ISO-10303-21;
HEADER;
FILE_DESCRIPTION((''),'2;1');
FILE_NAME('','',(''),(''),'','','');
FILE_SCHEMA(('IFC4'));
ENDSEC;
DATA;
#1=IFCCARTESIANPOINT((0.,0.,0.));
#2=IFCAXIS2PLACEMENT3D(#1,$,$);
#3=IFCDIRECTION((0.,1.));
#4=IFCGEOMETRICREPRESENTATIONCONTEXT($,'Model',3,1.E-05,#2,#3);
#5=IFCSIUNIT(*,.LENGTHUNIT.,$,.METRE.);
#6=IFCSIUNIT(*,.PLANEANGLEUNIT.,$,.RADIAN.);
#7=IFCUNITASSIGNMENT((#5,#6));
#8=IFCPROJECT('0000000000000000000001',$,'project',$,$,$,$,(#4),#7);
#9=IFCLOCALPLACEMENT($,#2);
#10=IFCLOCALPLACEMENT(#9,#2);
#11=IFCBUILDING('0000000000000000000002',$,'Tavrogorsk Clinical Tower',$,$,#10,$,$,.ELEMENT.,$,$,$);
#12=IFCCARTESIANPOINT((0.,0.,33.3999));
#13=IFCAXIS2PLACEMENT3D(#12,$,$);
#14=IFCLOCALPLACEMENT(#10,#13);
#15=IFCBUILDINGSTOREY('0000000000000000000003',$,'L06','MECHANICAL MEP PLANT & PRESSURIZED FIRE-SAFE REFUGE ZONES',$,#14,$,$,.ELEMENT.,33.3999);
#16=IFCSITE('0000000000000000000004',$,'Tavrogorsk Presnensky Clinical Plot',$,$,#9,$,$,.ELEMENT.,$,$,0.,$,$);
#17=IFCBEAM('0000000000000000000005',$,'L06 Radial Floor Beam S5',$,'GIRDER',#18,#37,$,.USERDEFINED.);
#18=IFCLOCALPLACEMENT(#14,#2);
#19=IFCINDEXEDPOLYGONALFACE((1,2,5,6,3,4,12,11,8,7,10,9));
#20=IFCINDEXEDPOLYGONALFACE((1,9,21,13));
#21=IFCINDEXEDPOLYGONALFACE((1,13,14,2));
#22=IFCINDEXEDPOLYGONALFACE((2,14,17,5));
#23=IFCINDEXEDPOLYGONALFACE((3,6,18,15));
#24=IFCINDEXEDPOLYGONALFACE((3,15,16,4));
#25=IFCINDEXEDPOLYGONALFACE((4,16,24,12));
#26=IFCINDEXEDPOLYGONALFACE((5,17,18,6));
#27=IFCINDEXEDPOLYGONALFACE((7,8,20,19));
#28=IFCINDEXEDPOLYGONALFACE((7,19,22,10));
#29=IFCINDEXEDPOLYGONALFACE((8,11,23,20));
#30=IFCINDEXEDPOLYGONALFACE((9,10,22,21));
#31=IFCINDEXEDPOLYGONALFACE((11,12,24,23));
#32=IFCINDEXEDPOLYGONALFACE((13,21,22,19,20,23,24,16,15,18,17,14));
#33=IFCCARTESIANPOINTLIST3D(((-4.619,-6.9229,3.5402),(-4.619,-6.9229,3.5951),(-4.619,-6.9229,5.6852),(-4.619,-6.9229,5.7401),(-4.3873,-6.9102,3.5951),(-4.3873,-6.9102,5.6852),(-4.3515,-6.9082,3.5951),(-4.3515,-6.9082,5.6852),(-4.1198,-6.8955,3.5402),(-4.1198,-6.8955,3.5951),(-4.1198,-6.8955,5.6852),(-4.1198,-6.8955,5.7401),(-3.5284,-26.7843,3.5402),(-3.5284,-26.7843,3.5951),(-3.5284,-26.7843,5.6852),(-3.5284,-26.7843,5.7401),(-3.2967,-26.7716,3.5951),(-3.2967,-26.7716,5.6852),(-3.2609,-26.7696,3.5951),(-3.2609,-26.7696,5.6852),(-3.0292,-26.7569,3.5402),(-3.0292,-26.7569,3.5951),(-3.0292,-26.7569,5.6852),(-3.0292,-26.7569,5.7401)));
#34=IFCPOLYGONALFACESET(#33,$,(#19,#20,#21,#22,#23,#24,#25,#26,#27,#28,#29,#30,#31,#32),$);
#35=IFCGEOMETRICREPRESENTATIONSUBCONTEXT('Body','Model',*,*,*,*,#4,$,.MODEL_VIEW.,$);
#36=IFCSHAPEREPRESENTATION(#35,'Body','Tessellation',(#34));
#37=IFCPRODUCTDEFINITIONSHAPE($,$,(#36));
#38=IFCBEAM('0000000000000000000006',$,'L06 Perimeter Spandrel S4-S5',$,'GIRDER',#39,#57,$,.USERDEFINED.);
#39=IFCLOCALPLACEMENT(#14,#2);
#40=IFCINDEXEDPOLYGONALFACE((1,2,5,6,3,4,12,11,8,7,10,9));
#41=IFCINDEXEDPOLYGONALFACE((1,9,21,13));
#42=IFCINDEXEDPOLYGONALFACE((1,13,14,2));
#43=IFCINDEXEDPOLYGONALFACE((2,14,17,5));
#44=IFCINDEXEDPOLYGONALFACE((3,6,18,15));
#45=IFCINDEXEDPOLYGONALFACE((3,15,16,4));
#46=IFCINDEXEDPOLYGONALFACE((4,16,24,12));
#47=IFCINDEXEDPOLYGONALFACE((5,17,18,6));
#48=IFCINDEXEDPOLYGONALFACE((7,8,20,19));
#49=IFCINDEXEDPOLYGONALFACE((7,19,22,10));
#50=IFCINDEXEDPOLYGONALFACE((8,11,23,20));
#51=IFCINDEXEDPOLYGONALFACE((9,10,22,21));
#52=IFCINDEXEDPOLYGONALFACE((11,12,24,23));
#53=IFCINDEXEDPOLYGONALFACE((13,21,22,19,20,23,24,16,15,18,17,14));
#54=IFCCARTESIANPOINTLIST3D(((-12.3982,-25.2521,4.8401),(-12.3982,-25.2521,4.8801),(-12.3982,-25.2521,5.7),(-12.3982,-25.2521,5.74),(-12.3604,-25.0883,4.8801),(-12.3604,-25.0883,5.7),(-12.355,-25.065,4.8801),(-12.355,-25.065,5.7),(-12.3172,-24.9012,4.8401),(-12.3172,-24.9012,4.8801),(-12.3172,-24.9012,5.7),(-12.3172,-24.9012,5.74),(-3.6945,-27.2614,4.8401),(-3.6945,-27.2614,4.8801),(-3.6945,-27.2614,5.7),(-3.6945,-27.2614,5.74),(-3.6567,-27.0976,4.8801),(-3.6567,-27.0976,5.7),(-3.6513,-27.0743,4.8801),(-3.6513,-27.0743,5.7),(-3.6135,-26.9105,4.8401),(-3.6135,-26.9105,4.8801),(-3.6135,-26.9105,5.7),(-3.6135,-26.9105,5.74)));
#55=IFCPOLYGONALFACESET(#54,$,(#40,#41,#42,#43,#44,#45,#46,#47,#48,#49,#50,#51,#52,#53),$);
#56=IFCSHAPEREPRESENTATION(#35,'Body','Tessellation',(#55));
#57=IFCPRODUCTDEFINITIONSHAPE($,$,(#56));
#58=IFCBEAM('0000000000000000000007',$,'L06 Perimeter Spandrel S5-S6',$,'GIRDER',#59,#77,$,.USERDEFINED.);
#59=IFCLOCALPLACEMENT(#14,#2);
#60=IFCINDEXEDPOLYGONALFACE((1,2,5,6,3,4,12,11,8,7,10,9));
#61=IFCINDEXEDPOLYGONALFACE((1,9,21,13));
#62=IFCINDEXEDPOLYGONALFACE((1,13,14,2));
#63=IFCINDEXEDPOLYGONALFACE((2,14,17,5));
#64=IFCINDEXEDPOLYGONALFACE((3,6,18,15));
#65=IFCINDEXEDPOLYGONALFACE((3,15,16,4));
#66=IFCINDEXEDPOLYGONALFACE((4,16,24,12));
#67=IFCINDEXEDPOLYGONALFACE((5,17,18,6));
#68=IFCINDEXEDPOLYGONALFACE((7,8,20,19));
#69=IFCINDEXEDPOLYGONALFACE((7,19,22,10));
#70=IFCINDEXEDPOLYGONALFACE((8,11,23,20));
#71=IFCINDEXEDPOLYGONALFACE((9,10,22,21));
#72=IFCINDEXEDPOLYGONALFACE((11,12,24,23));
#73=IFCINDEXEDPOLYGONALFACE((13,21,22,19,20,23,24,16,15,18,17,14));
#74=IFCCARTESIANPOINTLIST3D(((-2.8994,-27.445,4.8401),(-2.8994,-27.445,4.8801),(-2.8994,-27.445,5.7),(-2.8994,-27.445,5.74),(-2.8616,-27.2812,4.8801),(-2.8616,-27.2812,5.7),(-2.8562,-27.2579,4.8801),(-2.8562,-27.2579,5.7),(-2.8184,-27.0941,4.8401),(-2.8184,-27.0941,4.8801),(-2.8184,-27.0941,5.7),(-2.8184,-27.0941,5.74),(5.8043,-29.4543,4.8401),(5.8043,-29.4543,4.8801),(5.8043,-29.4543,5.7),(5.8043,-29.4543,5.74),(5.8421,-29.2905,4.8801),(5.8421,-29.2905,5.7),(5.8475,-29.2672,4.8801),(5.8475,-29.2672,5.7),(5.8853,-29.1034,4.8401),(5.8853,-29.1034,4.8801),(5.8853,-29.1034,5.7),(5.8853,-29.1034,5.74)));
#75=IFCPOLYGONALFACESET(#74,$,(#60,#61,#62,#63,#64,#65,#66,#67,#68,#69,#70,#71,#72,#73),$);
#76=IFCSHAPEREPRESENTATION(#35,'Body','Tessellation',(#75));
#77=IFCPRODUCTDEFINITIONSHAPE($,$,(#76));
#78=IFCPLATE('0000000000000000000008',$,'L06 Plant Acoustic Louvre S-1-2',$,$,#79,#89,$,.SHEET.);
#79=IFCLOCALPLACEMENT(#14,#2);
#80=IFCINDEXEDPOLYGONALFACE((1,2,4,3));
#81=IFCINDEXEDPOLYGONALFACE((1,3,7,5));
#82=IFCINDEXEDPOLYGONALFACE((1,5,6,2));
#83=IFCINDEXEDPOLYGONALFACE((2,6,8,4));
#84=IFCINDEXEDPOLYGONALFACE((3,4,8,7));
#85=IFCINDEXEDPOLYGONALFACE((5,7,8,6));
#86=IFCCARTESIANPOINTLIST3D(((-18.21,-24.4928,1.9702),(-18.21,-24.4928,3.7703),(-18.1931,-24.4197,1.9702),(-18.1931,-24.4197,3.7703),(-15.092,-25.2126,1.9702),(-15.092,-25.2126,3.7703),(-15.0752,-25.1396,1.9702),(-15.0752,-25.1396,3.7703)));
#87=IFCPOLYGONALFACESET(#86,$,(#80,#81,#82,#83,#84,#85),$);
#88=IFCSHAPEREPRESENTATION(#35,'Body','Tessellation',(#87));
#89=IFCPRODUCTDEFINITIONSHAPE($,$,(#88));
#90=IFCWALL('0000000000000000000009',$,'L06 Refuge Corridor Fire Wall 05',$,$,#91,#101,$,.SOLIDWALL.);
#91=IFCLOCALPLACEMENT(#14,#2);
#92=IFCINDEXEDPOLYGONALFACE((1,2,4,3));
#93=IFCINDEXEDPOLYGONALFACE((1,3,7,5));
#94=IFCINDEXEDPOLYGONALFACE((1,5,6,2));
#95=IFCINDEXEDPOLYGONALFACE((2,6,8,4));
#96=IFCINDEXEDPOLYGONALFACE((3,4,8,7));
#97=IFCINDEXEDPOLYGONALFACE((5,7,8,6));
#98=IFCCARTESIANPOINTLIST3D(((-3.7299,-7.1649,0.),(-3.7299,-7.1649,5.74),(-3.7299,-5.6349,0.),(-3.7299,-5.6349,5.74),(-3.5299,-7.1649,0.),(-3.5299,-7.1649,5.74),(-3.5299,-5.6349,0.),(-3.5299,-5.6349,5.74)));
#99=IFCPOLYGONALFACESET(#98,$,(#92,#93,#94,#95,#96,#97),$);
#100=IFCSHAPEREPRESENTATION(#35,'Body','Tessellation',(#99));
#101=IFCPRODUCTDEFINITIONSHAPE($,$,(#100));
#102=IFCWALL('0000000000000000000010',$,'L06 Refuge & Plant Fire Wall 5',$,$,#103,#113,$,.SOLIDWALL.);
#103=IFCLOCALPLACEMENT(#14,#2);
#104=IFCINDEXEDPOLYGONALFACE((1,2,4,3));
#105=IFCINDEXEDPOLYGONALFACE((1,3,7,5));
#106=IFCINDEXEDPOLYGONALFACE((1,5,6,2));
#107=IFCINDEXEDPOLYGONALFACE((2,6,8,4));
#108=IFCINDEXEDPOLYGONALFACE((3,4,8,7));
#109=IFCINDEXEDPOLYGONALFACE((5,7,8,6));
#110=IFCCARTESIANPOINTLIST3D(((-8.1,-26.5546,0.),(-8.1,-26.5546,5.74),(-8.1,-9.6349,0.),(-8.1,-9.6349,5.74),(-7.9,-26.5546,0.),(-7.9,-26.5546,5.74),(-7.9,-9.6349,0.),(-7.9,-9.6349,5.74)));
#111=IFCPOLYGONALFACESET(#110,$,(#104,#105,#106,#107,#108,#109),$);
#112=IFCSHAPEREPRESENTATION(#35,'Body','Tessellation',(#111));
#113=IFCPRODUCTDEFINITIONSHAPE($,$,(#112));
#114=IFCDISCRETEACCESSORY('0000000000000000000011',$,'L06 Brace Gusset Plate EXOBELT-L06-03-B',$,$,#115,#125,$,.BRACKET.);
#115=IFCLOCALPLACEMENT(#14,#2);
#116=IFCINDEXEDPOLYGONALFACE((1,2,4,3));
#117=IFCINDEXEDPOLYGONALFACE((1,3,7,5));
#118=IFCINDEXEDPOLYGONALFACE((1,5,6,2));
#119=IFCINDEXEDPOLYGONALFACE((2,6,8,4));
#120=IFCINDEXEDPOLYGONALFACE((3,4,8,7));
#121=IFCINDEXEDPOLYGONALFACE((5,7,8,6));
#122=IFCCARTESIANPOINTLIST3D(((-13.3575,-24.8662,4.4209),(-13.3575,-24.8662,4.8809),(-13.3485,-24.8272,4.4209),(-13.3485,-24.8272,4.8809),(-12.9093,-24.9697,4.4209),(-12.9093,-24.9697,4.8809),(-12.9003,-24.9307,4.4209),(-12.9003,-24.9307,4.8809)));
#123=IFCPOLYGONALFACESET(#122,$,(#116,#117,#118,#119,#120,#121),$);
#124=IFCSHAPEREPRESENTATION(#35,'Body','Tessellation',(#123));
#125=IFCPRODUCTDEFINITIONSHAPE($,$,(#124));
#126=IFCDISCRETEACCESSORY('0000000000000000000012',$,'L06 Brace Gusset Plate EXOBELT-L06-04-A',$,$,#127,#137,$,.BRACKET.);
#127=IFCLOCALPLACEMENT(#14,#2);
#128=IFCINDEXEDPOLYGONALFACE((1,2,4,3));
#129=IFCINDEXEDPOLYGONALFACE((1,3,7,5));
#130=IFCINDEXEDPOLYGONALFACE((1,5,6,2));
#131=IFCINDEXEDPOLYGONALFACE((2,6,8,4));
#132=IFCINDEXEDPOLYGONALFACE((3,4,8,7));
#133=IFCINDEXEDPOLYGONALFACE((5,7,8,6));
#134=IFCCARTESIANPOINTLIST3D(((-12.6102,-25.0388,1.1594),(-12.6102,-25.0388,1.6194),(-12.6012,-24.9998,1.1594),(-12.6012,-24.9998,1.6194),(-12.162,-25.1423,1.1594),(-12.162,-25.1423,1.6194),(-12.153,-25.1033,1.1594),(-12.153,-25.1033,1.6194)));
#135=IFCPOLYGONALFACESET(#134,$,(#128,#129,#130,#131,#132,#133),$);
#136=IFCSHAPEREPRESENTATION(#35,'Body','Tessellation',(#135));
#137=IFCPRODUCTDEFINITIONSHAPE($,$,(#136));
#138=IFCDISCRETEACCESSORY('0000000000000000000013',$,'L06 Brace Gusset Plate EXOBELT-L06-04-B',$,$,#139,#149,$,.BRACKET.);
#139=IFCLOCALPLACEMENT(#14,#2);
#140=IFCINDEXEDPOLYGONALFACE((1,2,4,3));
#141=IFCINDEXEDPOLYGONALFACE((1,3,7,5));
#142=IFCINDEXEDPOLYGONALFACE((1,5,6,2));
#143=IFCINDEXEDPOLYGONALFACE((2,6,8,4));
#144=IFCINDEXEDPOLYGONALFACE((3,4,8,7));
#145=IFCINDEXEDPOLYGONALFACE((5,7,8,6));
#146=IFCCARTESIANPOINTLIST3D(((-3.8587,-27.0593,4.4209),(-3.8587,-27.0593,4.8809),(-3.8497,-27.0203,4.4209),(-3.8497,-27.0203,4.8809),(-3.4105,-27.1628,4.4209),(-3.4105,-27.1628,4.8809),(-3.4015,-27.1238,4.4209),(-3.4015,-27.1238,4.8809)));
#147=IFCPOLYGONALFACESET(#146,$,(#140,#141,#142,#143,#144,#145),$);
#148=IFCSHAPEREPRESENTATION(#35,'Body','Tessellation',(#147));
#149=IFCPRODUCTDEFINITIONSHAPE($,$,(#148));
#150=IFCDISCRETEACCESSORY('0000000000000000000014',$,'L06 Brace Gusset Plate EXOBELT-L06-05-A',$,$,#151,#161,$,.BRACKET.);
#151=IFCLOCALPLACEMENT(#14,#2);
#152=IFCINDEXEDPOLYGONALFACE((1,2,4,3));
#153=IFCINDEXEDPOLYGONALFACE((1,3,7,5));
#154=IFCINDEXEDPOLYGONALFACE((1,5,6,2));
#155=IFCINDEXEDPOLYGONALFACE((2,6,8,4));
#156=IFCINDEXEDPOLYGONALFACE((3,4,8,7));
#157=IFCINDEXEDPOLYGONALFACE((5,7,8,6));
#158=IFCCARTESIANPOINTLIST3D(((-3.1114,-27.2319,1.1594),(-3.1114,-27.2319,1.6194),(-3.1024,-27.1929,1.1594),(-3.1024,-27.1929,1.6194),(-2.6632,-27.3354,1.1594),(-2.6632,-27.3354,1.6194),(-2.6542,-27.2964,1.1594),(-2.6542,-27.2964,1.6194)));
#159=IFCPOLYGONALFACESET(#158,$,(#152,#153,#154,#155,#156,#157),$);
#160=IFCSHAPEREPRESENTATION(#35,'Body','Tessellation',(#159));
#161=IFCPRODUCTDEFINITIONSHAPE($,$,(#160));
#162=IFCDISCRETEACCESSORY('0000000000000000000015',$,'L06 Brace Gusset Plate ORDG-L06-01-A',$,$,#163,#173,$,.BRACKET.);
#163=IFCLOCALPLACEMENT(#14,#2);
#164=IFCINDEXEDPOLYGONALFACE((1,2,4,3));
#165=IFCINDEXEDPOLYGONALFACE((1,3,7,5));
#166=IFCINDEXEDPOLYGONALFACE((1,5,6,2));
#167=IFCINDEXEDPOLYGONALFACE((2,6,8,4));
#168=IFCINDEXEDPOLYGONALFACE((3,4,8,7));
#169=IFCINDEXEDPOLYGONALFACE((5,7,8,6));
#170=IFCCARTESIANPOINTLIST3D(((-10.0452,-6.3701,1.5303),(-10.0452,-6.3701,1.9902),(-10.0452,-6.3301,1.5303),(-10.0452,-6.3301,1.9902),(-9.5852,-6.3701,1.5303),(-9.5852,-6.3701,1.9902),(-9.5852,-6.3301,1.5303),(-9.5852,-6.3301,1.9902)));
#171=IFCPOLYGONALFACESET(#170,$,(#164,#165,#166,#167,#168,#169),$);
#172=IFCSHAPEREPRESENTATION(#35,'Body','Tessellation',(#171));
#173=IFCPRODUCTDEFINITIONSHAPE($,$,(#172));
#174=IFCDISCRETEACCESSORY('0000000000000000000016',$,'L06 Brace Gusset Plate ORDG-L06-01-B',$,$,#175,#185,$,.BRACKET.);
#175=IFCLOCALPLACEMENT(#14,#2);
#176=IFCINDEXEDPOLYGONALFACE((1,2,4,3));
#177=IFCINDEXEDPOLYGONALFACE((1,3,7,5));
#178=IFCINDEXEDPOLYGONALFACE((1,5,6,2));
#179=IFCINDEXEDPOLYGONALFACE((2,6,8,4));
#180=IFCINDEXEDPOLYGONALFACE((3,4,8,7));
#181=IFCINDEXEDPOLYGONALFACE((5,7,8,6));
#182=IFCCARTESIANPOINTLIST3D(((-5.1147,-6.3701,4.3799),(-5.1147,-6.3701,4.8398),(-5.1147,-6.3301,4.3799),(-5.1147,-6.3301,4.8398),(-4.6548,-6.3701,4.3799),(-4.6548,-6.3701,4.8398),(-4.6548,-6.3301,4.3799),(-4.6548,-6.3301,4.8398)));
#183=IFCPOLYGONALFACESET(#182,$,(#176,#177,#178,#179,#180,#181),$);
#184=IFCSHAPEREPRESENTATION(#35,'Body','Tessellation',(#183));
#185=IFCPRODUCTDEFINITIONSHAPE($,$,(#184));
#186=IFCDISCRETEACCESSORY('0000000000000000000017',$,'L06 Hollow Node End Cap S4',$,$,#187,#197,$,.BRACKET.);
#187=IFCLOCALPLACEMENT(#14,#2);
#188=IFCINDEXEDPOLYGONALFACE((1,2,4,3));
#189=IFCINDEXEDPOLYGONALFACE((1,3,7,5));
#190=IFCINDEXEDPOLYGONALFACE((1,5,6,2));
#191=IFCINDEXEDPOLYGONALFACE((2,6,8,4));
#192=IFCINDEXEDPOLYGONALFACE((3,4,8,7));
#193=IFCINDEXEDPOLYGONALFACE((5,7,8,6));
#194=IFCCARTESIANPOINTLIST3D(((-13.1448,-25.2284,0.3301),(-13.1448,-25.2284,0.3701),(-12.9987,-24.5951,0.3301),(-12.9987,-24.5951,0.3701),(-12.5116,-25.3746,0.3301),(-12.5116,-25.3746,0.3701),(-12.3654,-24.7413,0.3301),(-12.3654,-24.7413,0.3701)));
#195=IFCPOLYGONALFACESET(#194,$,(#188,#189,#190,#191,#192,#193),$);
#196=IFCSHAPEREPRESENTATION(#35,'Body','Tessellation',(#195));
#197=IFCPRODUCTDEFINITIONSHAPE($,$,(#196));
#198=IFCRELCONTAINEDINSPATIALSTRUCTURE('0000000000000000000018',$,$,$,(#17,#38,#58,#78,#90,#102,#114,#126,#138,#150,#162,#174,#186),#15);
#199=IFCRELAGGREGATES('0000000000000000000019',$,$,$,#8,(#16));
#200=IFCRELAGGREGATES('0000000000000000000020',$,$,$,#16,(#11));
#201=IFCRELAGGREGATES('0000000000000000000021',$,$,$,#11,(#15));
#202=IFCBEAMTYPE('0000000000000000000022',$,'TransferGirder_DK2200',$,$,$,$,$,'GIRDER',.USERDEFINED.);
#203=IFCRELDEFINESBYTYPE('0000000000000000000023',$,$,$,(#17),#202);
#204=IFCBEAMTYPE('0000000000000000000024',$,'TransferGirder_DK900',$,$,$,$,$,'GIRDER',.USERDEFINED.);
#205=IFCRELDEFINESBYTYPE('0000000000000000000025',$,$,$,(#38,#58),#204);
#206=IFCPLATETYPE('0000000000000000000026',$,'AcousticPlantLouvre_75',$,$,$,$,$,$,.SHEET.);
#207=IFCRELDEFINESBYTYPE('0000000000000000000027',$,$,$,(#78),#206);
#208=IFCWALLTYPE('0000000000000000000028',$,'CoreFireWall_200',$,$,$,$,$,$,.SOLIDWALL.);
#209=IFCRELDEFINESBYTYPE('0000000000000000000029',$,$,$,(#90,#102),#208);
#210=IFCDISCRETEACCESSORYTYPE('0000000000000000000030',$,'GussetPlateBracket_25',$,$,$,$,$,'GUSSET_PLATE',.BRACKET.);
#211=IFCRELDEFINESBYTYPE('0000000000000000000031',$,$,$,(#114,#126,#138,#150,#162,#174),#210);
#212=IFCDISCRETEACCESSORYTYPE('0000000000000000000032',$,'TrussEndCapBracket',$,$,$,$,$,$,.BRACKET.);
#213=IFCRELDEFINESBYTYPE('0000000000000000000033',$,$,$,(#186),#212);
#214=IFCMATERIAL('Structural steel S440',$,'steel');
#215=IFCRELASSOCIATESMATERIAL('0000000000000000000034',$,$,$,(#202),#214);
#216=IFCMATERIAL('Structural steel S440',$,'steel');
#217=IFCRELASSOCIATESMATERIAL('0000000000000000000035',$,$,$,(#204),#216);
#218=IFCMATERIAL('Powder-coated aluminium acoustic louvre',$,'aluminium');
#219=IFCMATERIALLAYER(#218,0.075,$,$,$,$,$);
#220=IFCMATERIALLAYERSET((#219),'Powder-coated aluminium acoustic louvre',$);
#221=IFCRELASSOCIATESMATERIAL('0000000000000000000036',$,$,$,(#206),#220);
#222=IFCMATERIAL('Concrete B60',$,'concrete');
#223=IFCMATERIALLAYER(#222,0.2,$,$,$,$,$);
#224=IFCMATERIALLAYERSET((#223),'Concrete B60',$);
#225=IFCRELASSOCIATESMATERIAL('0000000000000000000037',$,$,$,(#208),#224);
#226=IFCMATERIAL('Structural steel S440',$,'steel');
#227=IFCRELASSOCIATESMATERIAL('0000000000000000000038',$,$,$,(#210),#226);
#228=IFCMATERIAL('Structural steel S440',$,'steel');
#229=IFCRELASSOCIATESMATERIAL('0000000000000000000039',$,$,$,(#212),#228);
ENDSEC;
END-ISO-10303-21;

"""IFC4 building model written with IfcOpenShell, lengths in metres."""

from ifc_helpers import new_model, si_unit, direction, frame, frame_2d, origin, origin_2d, place, context, subcontext, project, spatial, rectangle, i_section, extrude, material, layer, layer_set, material_profile, profile_set, type_object, element, save


model = new_model("IFC4")

# Units and contexts
model_context = context("Model", 3, precision=1e-05, world=origin(), true_north=direction((0.0, 1.0)))
body_context = subcontext(model_context, "Body", "Model", "MODEL_VIEW")
ifc_project = project(units=[si_unit("LENGTHUNIT", "METRE"), si_unit("PLANEANGLEUNIT", "RADIAN")], contexts=[model_context])

# Site, building, storey
site_placement = place(None, origin())
site = spatial("IfcSite", under=ifc_project, at=site_placement, Name="Tavrogorsk Presnensky Clinical Plot", CompositionType="ELEMENT", RefElevation=0.0)
building_placement = place(site_placement, origin())
building = spatial("IfcBuilding", under=site, at=building_placement, Name="Tavrogorsk Clinical Tower", CompositionType="ELEMENT")
storey_placement = place(building_placement, frame((0.0, 0.0, 33.3999)))
storey = spatial("IfcBuildingStorey", under=building, at=storey_placement, Name="L06", Description="MECHANICAL MEP PLANT & PRESSURIZED FIRE-SAFE REFUGE ZONES", CompositionType="ELEMENT", Elevation=33.3999)

# Beams
ifc_material_1 = material(Name="Structural steel S440", Category="steel")
ifc_material_profile_1 = material_profile(ifc_material_1, i_section(OverallWidth=0.5, OverallDepth=2.2, WebThickness=0.0359, FlangeThickness=0.0549, at=origin_2d()), Name="DK-2200x500x36x55")
ifc_profile_set_1 = profile_set([ifc_material_profile_1], Name="Structural steel S440")
beam_type_1 = type_object("IfcBeamType", Name="TransferGirder_DK2200", ElementType="GIRDER", PredefinedType="USERDEFINED", material=ifc_profile_set_1)
beam_1_placement = place(storey_placement, frame((-4.3694, -6.9092, 4.6401), z_axis=(0.054827, -0.998496, 0.0), x_axis=(0.998496, 0.054827, 0.0)))
element("IfcBeam", 1, at=beam_1_placement, inside=storey, type_object=beam_type_1, Name="L06 Radial Floor Beam S5", ObjectType="GIRDER", PredefinedType="USERDEFINED", context=body_context, shape_type="SweptSolid", body=[
    extrude(i_section(OverallWidth=0.5, OverallDepth=2.2, WebThickness=0.0359, FlangeThickness=0.0549, at=origin_2d()), origin(), (0.0, 0.0, 1.0), 19.8914),
])
ifc_material_2 = material(Name="Structural steel S440", Category="steel")
ifc_material_profile_2 = material_profile(ifc_material_2, i_section(OverallWidth=0.3601, OverallDepth=0.8999, WebThickness=0.0239, FlangeThickness=0.04, at=origin_2d()), Name="DK-900x360x24x40")
ifc_profile_set_2 = profile_set([ifc_material_profile_2], Name="Structural steel S440")
beam_type_2 = type_object("IfcBeamType", Name="TransferGirder_DK900", ElementType="GIRDER", PredefinedType="USERDEFINED", material=ifc_profile_set_2)
for number, where, z_axis, x_axis, name in (
    (2, (-12.3577, -25.0767, 5.29), (0.974373, -0.224939, 0.0), (0.224939, 0.974373, 0.0), "L06 Perimeter Spandrel S4-S5"),
    (3, (-2.8589, -27.2695, 5.29), (0.974373, -0.224939, 0.0), (0.224939, 0.974373, 0.0), "L06 Perimeter Spandrel S5-S6"),
):
    element("IfcBeam", number, at=place(storey_placement, frame(where, z_axis=z_axis, x_axis=x_axis)), inside=storey, type_object=beam_type_2, Name=name, ObjectType="GIRDER", PredefinedType="USERDEFINED", context=body_context, shape_type="SweptSolid", body=[
        extrude(i_section(OverallWidth=0.3601, OverallDepth=0.8999, WebThickness=0.0239, FlangeThickness=0.04, at=origin_2d()), origin(), (0.0, 0.0, 1.0), 8.9326),
    ])

# Plate
ifc_material_3 = material(Name="Powder-coated aluminium acoustic louvre", Category="aluminium")
ifc_layer_1 = layer(ifc_material_3, 0.075)
ifc_layer_set_1 = layer_set([ifc_layer_1], Name="Powder-coated aluminium acoustic louvre")
plate_type = type_object("IfcPlateType", Name="AcousticPlantLouvre_75", PredefinedType="SHEET", material=ifc_layer_set_1)
plate_placement = place(storey_placement, frame((-16.6426, -24.8162, 1.9702), z_axis=(0.0, 0.0, 1.0), x_axis=(0.97437, -0.224951, 0.0)))
element("IfcPlate", 4, at=plate_placement, inside=storey, type_object=plate_type, Name="L06 Plant Acoustic Louvre S-1-2", PredefinedType="SHEET", context=body_context, shape_type="SweptSolid", body=[
    extrude(rectangle(XDim=3.2, YDim=0.075, at=origin_2d()), origin(), (0.0, 0.0, 1.0), 1.8),
])

# Walls
ifc_material_4 = material(Name="Concrete B60", Category="concrete")
ifc_layer_2 = layer(ifc_material_4, 0.2)
ifc_layer_set_2 = layer_set([ifc_layer_2], Name="Concrete B60")
wall_type = type_object("IfcWallType", Name="CoreFireWall_200", PredefinedType="SOLIDWALL", material=ifc_layer_set_2)
wall_1_placement = place(storey_placement, frame((-3.6299, -7.165, 0.0), z_axis=(0.0, 0.0, 1.0), x_axis=(0.0, 1.0, 0.0)))
element("IfcWall", 5, at=wall_1_placement, inside=storey, type_object=wall_type, Name="L06 Refuge Corridor Fire Wall 05", PredefinedType="SOLIDWALL", context=body_context, shape_type="SweptSolid", body=[
    extrude(rectangle(XDim=1.53, YDim=0.2, at=frame_2d((0.7651, 0.0))), origin(), (0.0, 0.0, 1.0), 5.74),
])
wall_2_placement = place(storey_placement, frame((-8.0, -26.5547, 0.0), z_axis=(0.0, 0.0, 1.0), x_axis=(0.0, 1.0, 0.0)))
element("IfcWall", 6, at=wall_2_placement, inside=storey, type_object=wall_type, Name="L06 Refuge & Plant Fire Wall 5", PredefinedType="SOLIDWALL", context=body_context, shape_type="SweptSolid", body=[
    extrude(rectangle(XDim=16.9197, YDim=0.2, at=frame_2d((8.46, 0.0))), origin(), (0.0, 0.0, 1.0), 5.74),
])

# Discrete accessories
ifc_material_5 = material(Name="Structural steel S440", Category="steel")
discrete_accessory_type_1 = type_object("IfcDiscreteAccessoryType", Name="GussetPlateBracket_25", ElementType="GUSSET_PLATE", PredefinedType="BRACKET", material=ifc_material_5)
for number, where, z_axis, x_axis, name in (
    (7, (-13.1289, -24.8984, 4.4209), (0.0, 0.0, 1.0), (0.97437, -0.224951, 0.0), "L06 Brace Gusset Plate EXOBELT-L06-03-B"),
    (8, (-12.3816, -25.071, 1.1594), (0.0, 0.0, 1.0), (0.97437, -0.224951, 0.0), "L06 Brace Gusset Plate EXOBELT-L06-04-A"),
    (9, (-3.6301, -27.0916, 4.4209), (0.0, 0.0, 1.0), (0.97437, -0.224951, 0.0), "L06 Brace Gusset Plate EXOBELT-L06-04-B"),
    (10, (-2.8828, -27.2642, 1.1594), (0.0, 0.0, 1.0), (0.97437, -0.224951, 0.0), "L06 Brace Gusset Plate EXOBELT-L06-05-A"),
    (11, (-9.8152, -6.3501, 1.5303), (0.0, 0.0, 1.0), (1.0, 0.0, 0.0), "L06 Brace Gusset Plate ORDG-L06-01-A"),
    (12, (-4.8848, -6.3501, 4.3799), (0.0, 0.0, 1.0), (1.0, 0.0, 0.0), "L06 Brace Gusset Plate ORDG-L06-01-B"),
):
    element("IfcDiscreteAccessory", number, at=place(storey_placement, frame(where, z_axis=z_axis, x_axis=x_axis)), inside=storey, type_object=discrete_accessory_type_1, Name=name, PredefinedType="BRACKET", context=body_context, shape_type="SweptSolid", body=[
        extrude(rectangle(XDim=0.46, YDim=0.04, at=origin_2d()), origin(), (0.0, 0.0, 1.0), 0.46),
    ])
ifc_material_6 = material(Name="Structural steel S440", Category="steel")
discrete_accessory_type_2 = type_object("IfcDiscreteAccessoryType", Name="TrussEndCapBracket", PredefinedType="BRACKET", material=ifc_material_6)
for number, where, z_axis, x_axis, name in (
    (13, (-12.7551, -24.9849, 0.3301), (0.0, 0.0, 1.0), (0.97437, -0.224951, 0.0), "L06 Hollow Node End Cap S4"),
):
    element("IfcDiscreteAccessory", number, at=place(storey_placement, frame(where, z_axis=z_axis, x_axis=x_axis)), inside=storey, type_object=discrete_accessory_type_2, Name=name, PredefinedType="BRACKET", context=body_context, shape_type="SweptSolid", body=[
        extrude(rectangle(XDim=0.6499, YDim=0.6499, at=origin_2d()), origin(), (0.0, 0.0, 1.0), 0.04),
    ])

save(model, "model.ifc")
